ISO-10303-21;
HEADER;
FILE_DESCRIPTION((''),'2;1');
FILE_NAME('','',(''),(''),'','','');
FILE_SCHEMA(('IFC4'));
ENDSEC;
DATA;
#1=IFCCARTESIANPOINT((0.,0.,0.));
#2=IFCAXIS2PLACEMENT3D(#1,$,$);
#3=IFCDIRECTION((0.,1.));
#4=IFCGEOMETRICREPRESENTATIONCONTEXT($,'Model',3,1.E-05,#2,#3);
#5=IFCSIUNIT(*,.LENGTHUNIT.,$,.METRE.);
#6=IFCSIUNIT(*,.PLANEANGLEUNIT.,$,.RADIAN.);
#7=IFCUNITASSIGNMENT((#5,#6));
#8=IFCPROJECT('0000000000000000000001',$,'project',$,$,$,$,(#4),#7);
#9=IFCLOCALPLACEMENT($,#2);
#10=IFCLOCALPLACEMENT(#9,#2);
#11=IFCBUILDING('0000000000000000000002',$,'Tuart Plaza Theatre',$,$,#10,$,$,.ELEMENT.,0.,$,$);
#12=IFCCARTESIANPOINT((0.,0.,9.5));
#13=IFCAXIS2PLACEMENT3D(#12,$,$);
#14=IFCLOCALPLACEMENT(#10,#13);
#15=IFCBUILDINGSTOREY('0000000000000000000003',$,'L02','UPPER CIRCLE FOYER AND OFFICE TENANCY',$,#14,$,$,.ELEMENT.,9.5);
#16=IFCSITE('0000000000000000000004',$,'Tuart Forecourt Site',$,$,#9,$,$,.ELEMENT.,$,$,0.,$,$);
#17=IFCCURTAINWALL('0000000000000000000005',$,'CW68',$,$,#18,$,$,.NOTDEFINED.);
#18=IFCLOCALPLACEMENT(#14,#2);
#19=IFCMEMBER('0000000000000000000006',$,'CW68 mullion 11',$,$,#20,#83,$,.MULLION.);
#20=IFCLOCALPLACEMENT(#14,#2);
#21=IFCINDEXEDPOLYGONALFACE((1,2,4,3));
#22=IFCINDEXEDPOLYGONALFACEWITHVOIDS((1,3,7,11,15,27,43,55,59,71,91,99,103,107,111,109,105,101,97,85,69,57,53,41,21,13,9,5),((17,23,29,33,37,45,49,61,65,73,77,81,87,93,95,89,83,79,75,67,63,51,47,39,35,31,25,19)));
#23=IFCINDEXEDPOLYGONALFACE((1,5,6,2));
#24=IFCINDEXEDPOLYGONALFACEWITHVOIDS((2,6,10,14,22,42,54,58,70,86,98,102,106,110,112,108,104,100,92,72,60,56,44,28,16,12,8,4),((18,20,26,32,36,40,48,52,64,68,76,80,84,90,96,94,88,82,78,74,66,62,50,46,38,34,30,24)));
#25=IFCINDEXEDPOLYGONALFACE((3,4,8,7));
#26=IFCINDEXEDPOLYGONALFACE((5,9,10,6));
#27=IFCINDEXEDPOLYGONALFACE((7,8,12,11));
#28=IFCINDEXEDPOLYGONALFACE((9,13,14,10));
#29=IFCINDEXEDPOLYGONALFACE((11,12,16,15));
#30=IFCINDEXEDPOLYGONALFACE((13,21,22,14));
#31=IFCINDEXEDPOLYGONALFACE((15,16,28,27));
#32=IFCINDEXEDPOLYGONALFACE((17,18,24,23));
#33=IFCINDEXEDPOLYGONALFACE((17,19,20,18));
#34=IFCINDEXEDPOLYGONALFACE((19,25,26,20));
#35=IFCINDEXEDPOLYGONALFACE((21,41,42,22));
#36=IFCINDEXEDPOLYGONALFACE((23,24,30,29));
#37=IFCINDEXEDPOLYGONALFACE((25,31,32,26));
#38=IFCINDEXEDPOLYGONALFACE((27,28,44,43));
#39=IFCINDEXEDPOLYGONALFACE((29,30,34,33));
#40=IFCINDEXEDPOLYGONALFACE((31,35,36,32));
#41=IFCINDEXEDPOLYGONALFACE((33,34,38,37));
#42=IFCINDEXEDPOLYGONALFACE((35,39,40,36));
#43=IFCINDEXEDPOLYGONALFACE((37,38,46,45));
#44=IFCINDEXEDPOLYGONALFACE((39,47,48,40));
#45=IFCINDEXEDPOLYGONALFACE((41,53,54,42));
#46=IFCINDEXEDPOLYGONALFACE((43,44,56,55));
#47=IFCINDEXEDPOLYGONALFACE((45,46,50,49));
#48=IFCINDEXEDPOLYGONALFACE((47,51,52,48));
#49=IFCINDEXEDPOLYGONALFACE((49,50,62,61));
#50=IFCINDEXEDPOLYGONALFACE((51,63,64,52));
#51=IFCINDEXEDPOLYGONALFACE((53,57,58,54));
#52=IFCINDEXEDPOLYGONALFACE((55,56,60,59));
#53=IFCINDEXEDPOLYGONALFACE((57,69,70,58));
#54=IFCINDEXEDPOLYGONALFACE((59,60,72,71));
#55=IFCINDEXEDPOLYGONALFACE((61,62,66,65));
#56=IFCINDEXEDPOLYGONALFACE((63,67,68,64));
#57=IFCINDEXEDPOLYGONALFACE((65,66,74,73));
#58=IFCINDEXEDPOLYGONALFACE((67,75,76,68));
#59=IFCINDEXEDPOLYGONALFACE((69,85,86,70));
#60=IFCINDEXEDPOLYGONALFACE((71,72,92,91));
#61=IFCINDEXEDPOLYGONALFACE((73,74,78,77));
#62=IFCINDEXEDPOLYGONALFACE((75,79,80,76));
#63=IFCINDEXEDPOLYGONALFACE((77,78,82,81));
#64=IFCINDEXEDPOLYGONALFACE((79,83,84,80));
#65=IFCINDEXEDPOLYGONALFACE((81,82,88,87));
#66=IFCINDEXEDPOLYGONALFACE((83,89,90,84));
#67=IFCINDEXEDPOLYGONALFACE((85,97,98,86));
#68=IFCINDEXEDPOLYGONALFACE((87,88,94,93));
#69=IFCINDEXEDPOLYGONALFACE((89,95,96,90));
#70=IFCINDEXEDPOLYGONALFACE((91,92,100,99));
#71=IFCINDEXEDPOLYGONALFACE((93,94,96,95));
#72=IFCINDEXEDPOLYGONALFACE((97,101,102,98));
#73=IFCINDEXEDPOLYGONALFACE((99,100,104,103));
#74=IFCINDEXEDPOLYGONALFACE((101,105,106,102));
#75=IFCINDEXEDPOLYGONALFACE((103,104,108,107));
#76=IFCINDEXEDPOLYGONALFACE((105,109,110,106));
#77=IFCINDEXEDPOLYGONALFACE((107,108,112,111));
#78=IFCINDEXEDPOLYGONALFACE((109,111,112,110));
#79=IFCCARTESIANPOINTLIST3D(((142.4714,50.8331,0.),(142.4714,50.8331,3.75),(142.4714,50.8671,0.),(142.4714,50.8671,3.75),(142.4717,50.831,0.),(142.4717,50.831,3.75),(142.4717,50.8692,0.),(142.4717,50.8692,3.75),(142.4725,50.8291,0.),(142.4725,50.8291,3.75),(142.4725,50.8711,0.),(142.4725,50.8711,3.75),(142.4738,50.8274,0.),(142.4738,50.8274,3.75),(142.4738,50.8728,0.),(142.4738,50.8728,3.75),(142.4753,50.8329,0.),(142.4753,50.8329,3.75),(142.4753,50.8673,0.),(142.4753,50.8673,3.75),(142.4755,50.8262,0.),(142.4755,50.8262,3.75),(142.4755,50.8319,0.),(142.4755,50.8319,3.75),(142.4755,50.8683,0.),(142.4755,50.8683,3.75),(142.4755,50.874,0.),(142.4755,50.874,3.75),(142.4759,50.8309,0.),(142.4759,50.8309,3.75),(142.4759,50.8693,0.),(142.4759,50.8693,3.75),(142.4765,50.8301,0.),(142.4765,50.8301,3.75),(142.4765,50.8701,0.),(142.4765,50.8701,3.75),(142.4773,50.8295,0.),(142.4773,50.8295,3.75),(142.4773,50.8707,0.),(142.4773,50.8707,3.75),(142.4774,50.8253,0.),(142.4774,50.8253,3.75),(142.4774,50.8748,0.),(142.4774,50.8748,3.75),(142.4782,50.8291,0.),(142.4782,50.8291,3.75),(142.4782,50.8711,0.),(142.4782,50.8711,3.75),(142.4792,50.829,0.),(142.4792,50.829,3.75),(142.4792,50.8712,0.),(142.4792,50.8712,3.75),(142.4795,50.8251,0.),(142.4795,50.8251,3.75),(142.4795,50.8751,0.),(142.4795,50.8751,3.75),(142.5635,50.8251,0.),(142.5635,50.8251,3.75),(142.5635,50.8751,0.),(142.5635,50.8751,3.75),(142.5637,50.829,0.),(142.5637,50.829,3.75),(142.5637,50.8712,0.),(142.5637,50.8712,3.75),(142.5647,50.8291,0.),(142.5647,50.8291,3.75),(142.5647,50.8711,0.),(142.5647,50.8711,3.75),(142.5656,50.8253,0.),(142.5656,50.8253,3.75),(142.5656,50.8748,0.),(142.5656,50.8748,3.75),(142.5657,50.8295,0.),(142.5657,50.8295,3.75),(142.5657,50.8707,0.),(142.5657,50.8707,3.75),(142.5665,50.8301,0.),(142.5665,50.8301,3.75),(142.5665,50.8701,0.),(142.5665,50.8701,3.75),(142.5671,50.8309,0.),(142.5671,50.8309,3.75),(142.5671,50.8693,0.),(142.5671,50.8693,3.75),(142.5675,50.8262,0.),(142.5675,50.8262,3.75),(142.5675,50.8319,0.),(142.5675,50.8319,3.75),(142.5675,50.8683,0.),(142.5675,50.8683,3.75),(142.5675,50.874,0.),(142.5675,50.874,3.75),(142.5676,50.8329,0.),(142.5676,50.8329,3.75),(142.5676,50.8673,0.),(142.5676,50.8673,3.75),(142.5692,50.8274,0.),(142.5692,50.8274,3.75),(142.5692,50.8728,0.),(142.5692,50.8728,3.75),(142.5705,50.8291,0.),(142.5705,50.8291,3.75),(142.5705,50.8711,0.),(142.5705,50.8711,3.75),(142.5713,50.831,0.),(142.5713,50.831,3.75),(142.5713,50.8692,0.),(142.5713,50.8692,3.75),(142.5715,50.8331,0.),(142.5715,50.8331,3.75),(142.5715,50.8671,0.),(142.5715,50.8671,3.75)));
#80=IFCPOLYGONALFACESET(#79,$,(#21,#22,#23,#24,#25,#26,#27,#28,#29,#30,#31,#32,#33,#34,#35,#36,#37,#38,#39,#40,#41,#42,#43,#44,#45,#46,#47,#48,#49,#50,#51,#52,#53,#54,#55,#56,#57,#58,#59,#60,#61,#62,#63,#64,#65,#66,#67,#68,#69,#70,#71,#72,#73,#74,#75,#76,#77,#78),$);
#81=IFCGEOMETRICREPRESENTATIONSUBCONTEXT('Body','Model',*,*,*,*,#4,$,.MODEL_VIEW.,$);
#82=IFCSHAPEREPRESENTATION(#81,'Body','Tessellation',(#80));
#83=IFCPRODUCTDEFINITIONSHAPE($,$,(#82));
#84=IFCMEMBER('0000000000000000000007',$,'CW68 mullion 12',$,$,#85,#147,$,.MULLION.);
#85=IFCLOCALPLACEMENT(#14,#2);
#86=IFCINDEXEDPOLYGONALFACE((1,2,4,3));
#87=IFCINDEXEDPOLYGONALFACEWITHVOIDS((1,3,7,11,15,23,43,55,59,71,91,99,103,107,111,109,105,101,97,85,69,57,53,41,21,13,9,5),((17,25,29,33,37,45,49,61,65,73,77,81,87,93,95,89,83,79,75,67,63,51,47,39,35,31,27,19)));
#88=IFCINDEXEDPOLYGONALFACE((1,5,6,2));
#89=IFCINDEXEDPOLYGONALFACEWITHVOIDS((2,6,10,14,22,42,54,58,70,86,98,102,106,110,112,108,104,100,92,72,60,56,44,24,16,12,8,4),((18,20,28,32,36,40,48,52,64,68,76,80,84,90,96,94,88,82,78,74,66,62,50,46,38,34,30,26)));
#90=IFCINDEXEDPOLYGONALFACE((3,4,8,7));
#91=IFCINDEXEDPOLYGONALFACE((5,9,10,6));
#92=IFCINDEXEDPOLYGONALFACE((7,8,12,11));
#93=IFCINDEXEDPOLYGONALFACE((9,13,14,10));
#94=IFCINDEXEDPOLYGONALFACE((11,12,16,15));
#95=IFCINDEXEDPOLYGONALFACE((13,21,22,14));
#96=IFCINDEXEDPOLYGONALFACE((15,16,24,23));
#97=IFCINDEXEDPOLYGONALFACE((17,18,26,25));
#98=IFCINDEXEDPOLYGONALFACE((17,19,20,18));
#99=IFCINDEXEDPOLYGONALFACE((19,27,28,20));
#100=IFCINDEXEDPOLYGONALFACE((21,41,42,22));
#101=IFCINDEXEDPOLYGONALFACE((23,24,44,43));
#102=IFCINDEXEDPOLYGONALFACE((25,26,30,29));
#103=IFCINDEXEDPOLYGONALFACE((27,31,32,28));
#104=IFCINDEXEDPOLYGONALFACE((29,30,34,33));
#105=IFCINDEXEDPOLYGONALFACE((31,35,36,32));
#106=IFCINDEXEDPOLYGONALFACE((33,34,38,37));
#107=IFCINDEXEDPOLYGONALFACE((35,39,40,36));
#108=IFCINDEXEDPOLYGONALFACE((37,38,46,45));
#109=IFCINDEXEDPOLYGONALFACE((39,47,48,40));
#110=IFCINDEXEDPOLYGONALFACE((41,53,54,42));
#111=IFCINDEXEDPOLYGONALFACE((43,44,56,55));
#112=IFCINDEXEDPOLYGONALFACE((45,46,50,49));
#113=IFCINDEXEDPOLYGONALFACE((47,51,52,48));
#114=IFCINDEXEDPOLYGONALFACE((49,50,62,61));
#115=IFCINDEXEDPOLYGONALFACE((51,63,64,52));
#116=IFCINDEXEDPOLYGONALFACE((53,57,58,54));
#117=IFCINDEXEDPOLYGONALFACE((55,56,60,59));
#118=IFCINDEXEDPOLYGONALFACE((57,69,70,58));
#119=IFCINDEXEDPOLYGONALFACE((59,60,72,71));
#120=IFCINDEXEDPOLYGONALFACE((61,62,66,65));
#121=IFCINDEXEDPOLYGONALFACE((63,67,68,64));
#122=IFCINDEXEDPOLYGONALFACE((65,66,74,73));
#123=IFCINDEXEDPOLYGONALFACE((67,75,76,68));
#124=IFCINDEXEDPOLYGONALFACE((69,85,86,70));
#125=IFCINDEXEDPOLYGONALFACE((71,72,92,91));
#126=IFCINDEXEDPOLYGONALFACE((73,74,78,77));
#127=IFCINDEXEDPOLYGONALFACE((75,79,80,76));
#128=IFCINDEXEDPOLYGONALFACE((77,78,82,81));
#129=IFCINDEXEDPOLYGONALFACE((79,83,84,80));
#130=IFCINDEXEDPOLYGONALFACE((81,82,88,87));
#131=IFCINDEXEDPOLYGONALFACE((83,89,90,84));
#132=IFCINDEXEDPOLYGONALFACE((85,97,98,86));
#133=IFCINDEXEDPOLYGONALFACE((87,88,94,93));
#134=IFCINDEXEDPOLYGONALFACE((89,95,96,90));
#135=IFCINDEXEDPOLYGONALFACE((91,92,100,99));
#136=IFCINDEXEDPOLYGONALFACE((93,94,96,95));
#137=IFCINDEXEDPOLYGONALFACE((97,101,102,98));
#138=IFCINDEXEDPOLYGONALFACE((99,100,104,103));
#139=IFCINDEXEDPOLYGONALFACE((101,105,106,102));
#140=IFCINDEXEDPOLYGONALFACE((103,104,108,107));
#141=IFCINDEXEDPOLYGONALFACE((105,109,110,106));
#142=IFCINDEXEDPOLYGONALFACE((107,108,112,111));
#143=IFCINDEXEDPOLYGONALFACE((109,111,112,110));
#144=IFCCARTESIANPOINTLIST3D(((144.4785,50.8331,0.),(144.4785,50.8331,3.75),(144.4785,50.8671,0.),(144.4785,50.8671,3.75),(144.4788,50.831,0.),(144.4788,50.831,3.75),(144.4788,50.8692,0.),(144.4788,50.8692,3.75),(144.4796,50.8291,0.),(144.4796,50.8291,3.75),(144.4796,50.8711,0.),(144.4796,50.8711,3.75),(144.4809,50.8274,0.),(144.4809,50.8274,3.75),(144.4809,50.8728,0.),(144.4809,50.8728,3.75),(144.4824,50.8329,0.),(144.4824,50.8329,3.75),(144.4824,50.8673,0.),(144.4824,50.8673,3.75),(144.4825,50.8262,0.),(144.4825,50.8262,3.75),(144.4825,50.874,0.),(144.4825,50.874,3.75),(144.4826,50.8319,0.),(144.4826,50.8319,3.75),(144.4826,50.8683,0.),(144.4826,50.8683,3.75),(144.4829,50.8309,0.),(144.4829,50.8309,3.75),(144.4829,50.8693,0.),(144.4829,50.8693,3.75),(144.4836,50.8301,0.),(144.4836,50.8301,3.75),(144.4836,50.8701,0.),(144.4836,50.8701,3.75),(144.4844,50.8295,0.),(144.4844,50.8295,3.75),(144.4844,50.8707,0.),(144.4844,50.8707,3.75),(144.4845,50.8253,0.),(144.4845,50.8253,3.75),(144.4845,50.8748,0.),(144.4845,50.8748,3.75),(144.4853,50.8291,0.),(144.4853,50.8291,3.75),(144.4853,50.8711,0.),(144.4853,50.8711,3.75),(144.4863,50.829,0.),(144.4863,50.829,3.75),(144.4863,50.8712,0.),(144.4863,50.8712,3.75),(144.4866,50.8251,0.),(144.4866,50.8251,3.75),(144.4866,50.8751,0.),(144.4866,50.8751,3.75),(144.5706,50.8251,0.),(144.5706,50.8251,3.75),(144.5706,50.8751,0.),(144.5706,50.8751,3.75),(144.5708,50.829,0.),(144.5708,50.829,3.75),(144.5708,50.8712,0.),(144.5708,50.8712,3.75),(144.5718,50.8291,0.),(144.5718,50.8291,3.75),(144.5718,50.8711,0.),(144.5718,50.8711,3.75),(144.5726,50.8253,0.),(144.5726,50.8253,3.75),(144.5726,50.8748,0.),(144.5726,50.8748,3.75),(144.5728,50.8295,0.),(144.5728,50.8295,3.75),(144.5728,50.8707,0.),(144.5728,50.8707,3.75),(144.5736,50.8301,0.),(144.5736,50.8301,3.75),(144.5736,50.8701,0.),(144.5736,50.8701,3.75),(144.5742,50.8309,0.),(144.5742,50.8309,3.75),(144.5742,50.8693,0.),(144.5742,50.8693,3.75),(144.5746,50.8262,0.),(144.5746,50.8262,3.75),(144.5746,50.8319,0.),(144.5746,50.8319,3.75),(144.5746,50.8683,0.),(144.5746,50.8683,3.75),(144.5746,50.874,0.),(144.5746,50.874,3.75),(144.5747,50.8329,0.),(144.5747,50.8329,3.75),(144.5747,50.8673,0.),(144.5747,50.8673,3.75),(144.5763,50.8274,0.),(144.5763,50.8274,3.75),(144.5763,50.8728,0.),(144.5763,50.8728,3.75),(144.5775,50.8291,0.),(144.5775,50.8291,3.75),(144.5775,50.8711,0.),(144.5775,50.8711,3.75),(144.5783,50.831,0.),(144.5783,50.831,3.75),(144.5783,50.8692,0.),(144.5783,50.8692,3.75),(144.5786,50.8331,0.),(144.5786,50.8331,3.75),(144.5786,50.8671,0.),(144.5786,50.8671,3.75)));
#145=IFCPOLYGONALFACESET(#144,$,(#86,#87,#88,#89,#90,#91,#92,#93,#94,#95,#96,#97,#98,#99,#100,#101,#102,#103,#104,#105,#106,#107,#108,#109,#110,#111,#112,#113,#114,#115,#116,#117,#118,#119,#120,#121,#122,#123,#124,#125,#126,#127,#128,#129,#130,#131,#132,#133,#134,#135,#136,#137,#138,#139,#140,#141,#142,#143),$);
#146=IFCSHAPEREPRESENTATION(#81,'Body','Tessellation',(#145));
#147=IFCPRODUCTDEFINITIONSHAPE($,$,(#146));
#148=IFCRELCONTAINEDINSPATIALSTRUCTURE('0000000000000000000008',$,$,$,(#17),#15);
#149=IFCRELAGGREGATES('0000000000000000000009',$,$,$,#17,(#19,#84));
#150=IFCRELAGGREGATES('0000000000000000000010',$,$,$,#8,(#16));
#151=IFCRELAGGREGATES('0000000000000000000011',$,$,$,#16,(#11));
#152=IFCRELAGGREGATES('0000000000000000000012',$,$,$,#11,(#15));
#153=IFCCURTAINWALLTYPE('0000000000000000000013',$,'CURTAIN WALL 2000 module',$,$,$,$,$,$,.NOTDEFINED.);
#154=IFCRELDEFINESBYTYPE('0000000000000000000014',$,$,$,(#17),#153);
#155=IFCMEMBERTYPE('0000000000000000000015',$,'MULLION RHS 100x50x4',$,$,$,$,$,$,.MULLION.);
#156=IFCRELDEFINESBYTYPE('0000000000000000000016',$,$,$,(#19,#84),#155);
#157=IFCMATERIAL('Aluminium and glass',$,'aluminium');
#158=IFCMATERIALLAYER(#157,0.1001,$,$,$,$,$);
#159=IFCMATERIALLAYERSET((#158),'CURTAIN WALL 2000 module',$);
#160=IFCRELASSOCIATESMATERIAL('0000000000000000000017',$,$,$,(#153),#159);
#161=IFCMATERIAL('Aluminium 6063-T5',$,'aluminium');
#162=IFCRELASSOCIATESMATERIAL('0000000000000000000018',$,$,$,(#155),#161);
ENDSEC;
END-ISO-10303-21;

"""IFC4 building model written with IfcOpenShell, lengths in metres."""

from ifc_helpers import new_model, si_unit, direction, frame, origin, origin_2d, place, context, subcontext, project, spatial, hollow_rectangle, extrude, material, layer, layer_set, material_profile, profile_set, type_object, element, aggregate, save


model = new_model("IFC4")

# Units and contexts
model_context = context("Model", 3, precision=1e-05, world=origin(), true_north=direction((0.0, 1.0)))
body_context = subcontext(model_context, "Body", "Model", "MODEL_VIEW")
ifc_project = project(units=[si_unit("LENGTHUNIT", "METRE"), si_unit("PLANEANGLEUNIT", "RADIAN")], contexts=[model_context])

# Site, building, storey
site_placement = place(None, origin())
site = spatial("IfcSite", under=ifc_project, at=site_placement, Name="Tuart Forecourt Site", CompositionType="ELEMENT", RefElevation=0.0)
building_placement = place(site_placement, origin())
building = spatial("IfcBuilding", under=site, at=building_placement, Name="Tuart Plaza Theatre", CompositionType="ELEMENT", ElevationOfRefHeight=0.0)
storey_placement = place(building_placement, frame((0.0, 0.0, 9.5)))
storey = spatial("IfcBuildingStorey", under=building, at=storey_placement, Name="L02", Description="UPPER CIRCLE FOYER AND OFFICE TENANCY", CompositionType="ELEMENT", Elevation=9.5)

# Curtain wall, members
ifc_material_1 = material(Name="Aluminium and glass", Category="aluminium")
ifc_layer_1 = layer(ifc_material_1, 0.1001)
ifc_layer_set_1 = layer_set([ifc_layer_1], Name="CURTAIN WALL 2000 module")
curtain_wall_type = type_object("IfcCurtainWallType", Name="CURTAIN WALL 2000 module", PredefinedType="NOTDEFINED", material=ifc_layer_set_1)
curtain_wall_placement = place(storey_placement, origin())
curtain_wall = element("IfcCurtainWall", 1, at=curtain_wall_placement, inside=storey, type_object=curtain_wall_type, Name="CW68", PredefinedType="NOTDEFINED")
ifc_material_2 = material(Name="Aluminium 6063-T5", Category="aluminium")
ifc_material_profile_1 = material_profile(ifc_material_2, hollow_rectangle(XDim=0.05, YDim=0.1001, WallThickness=0.0039, InnerFilletRadius=0.0039, OuterFilletRadius=0.0081, at=origin_2d()), Name="RHS 100x50x4")
ifc_profile_set_1 = profile_set([ifc_material_profile_1], Name="Aluminium 6063-T5")
member_type_1 = type_object("IfcMemberType", Name="MULLION RHS 100x50x4", PredefinedType="MULLION", material=ifc_profile_set_1)
member_1_placement = place(storey_placement, frame((142.5215, 50.8501, 0.0), z_axis=(0.0, 0.0, 1.0), x_axis=(0.0, 1.0, 0.0)))
member_1 = element("IfcMember", 2, at=member_1_placement, type_object=member_type_1, Name="CW68 mullion 11", PredefinedType="MULLION", context=body_context, shape_type="SweptSolid", body=[
    extrude(hollow_rectangle(XDim=0.05, YDim=0.1001, WallThickness=0.0039, InnerFilletRadius=0.0039, OuterFilletRadius=0.0081, at=origin_2d()), origin(), (0.0, 0.0, 1.0), 3.75),
])
member_2_placement = place(storey_placement, frame((144.5286, 50.8501, 0.0), z_axis=(0.0, 0.0, 1.0), x_axis=(0.0, 1.0, 0.0)))
member_2 = element("IfcMember", 3, at=member_2_placement, type_object=member_type_1, Name="CW68 mullion 12", PredefinedType="MULLION", context=body_context, shape_type="SweptSolid", body=[
    extrude(hollow_rectangle(XDim=0.05, YDim=0.1001, WallThickness=0.0039, InnerFilletRadius=0.0039, OuterFilletRadius=0.0081, at=origin_2d()), origin(), (0.0, 0.0, 1.0), 3.75),
])
aggregate(curtain_wall, [member_1, member_2])

save(model, "model.ifc")
